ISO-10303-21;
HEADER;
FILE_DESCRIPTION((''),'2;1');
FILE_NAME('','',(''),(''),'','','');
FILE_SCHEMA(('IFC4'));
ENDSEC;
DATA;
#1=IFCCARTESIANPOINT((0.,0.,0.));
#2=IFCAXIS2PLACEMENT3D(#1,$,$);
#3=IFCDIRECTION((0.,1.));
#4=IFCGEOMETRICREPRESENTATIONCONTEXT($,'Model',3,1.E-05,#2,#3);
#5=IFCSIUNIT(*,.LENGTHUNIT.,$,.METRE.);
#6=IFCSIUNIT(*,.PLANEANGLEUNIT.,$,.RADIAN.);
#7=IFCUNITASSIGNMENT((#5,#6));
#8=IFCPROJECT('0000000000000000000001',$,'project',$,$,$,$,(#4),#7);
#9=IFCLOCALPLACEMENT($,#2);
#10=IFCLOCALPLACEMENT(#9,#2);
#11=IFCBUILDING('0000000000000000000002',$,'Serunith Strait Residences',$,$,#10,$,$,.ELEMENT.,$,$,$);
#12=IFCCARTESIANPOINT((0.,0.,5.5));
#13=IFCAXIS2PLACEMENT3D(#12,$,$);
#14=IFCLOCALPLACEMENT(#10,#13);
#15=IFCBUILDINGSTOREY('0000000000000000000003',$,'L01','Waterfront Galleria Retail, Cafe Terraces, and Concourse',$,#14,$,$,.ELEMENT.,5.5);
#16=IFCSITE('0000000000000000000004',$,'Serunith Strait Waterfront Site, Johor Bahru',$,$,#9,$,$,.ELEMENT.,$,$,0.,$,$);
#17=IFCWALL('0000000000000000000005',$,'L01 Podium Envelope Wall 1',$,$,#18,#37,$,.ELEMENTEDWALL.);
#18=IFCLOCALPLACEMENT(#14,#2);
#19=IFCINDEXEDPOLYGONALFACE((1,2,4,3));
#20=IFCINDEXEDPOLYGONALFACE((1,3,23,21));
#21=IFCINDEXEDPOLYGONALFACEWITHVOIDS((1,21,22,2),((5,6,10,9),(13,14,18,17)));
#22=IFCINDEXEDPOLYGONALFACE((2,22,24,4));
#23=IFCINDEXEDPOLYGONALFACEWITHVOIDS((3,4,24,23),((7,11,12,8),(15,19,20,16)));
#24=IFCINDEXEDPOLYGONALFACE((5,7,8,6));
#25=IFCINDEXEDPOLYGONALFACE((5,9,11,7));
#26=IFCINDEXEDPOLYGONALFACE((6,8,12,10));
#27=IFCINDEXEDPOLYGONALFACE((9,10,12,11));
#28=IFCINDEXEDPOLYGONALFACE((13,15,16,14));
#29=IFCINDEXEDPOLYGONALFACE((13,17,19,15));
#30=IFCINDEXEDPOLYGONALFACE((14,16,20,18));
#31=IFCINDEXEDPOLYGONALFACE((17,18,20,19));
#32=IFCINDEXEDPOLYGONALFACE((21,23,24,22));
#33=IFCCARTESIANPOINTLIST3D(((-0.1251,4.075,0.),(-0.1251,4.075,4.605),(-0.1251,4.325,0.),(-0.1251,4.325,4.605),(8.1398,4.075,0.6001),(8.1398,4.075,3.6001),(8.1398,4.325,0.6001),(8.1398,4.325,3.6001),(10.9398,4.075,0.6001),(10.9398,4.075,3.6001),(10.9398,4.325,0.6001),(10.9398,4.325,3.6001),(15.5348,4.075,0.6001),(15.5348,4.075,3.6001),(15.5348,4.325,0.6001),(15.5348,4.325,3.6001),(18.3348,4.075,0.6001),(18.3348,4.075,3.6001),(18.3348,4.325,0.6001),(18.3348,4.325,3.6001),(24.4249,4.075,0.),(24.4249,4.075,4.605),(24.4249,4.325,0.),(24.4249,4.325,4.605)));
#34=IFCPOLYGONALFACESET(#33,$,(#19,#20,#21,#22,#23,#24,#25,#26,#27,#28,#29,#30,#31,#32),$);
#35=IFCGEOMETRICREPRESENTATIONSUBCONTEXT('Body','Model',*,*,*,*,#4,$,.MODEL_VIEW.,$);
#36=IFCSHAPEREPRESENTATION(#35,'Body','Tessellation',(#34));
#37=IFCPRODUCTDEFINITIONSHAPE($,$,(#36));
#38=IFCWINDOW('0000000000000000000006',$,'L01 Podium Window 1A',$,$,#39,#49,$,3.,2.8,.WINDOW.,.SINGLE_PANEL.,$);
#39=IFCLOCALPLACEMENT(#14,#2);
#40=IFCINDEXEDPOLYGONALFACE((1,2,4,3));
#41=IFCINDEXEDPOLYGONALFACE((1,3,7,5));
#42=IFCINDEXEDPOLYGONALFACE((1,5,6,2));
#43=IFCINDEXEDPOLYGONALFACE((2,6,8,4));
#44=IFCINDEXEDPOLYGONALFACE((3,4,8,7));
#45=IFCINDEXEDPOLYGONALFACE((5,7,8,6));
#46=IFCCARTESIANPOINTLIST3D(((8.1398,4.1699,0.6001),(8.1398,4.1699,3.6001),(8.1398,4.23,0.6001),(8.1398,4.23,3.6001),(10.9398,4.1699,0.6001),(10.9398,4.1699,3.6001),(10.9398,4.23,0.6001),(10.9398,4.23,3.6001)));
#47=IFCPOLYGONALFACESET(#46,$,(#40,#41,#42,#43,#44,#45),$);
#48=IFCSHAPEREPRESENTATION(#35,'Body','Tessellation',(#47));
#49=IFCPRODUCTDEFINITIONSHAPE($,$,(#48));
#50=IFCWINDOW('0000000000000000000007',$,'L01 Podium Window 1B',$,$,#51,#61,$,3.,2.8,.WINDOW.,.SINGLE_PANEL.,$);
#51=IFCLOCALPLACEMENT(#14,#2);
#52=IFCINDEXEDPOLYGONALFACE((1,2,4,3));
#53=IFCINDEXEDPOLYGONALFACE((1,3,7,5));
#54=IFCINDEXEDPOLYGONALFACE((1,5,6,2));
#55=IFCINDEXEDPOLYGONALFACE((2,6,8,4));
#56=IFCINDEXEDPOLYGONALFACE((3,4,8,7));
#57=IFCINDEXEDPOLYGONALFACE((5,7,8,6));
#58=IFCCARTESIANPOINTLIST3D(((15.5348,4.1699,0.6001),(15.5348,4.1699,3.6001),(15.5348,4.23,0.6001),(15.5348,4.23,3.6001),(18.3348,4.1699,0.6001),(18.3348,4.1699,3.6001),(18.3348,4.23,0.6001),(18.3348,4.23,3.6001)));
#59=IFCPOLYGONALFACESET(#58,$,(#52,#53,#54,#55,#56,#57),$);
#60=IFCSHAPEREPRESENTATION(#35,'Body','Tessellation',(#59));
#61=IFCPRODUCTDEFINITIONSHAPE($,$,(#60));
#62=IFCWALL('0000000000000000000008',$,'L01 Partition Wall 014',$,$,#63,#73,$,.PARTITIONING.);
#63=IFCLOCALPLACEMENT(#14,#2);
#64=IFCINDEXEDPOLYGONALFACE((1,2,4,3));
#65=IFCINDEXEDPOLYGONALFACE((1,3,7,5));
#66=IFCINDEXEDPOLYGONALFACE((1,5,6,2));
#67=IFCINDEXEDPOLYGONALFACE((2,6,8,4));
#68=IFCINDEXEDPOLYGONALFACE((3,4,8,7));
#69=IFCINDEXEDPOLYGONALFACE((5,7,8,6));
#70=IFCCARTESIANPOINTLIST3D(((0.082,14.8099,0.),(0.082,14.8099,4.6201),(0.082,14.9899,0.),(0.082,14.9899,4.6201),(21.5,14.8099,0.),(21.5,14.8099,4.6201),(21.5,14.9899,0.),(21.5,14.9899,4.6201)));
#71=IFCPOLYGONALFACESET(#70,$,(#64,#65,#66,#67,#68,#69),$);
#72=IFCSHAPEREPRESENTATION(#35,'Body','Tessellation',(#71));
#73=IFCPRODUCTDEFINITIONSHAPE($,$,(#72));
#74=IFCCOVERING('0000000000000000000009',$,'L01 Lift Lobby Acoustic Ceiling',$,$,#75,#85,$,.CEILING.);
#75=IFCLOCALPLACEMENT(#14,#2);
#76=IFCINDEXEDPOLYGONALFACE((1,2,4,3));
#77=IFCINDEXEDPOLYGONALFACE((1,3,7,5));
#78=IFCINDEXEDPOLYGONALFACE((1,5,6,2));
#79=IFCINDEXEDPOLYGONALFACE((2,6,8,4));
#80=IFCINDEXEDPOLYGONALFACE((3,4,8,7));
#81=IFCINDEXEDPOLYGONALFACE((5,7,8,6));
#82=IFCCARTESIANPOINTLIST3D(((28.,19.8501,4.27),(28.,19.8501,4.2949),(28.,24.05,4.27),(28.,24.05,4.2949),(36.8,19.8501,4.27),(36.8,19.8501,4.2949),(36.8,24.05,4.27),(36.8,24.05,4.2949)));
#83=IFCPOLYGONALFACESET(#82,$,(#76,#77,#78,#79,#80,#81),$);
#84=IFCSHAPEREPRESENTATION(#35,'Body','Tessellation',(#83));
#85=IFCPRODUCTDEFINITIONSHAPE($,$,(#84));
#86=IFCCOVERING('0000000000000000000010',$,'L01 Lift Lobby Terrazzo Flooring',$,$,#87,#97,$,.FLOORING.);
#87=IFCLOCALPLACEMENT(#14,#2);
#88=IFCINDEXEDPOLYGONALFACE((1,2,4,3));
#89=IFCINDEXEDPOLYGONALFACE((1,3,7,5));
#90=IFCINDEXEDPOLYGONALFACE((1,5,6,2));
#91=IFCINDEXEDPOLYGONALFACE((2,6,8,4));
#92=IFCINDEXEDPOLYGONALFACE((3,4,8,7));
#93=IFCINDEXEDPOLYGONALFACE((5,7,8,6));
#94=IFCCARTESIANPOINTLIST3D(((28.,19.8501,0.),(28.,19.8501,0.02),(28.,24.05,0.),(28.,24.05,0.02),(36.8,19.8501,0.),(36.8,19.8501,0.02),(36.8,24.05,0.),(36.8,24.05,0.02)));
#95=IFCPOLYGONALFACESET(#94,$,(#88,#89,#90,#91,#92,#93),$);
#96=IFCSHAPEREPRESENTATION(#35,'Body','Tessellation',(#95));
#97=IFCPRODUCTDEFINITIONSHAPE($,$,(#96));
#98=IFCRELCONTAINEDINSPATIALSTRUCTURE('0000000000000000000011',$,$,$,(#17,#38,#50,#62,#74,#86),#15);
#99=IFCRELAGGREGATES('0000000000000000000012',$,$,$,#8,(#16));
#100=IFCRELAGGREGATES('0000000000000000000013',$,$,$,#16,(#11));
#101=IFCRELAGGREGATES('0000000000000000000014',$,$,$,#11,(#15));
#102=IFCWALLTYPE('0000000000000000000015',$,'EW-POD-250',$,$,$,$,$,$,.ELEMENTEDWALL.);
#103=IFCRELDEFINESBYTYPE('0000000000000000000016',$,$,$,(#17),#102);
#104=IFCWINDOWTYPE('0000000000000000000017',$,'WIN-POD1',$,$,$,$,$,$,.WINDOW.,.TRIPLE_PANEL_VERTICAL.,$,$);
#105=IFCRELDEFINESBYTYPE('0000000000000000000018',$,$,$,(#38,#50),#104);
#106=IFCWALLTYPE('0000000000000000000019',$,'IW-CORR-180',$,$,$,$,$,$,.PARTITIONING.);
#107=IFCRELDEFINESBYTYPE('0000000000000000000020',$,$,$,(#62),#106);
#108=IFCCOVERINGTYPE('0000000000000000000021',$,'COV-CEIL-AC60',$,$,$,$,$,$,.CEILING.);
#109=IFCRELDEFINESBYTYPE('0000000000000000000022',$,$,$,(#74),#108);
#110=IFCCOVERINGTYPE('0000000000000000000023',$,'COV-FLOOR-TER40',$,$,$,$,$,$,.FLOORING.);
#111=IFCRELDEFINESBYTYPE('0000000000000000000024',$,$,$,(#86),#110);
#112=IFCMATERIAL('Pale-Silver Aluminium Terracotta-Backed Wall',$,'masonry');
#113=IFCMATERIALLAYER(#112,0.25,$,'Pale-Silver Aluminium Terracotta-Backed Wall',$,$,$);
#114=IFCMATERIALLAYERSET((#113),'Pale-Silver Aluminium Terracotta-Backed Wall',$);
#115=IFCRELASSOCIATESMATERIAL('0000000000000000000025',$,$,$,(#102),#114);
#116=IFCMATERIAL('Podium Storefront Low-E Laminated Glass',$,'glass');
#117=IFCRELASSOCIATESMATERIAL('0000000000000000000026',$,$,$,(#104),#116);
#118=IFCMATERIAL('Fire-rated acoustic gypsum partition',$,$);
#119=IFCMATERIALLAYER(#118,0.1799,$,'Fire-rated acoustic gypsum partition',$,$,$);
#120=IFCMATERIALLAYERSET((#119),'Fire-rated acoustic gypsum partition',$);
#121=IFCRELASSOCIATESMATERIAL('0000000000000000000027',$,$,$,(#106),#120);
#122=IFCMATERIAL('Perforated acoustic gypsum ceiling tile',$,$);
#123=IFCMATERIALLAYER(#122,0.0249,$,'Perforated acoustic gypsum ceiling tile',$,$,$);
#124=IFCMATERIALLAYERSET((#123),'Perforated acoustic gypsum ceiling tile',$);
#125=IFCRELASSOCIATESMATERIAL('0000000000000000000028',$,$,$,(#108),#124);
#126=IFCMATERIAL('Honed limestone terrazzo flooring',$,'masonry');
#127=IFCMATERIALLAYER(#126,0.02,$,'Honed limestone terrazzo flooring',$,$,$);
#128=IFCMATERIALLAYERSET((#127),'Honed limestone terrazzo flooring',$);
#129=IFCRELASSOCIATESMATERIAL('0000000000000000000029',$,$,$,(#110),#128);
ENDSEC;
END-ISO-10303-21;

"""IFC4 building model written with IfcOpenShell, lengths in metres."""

from ifc_helpers import new_model, si_unit, direction, frame, frame_2d, origin, place, context, subcontext, project, spatial, polyline, rectangle, outline, extrude, source, transform, mapped, material, layer, layer_set, type_object, element, fill, save


model = new_model("IFC4")

# Units and contexts
model_context = context("Model", 3, precision=1e-05, world=origin(), true_north=direction((0.0, 1.0)))
body_context = subcontext(model_context, "Body", "Model", "MODEL_VIEW")
ifc_project = project(units=[si_unit("LENGTHUNIT", "METRE"), si_unit("PLANEANGLEUNIT", "RADIAN")], contexts=[model_context])

# Site, building, storey
site_placement = place(None, origin())
site = spatial("IfcSite", under=ifc_project, at=site_placement, Name="Serunith Strait Waterfront Site, Johor Bahru", CompositionType="ELEMENT", RefElevation=0.0)
building_placement = place(site_placement, origin())
building = spatial("IfcBuilding", under=site, at=building_placement, Name="Serunith Strait Residences", CompositionType="ELEMENT")
storey_placement = place(building_placement, frame((0.0, 0.0, 5.5)))
storey = spatial("IfcBuildingStorey", under=building, at=storey_placement, Name="L01", Description="Waterfront Galleria Retail, Cafe Terraces, and Concourse", CompositionType="ELEMENT", Elevation=5.5)

# Wall, openings, windows
ifc_material_1 = material(Name="Pale-Silver Aluminium Terracotta-Backed Wall", Category="masonry")
ifc_layer_1 = layer(ifc_material_1, 0.25, Name="Pale-Silver Aluminium Terracotta-Backed Wall")
ifc_layer_set_1 = layer_set([ifc_layer_1], Name="Pale-Silver Aluminium Terracotta-Backed Wall")
wall_type_1 = type_object("IfcWallType", Name="EW-POD-250", PredefinedType="ELEMENTEDWALL", material=ifc_layer_set_1)
wall_1_placement = place(storey_placement, frame((-0.125, 4.2, 0.0), z_axis=(0.0, 0.0, 1.0), x_axis=(1.0, 0.0, 0.0)))
wall_1 = element("IfcWall", 1, at=wall_1_placement, inside=storey, type_object=wall_type_1, Name="L01 Podium Envelope Wall 1", PredefinedType="ELEMENTEDWALL", context=body_context, shape_type="SweptSolid", body=[
    extrude(rectangle(XDim=24.55, YDim=0.25, at=frame_2d((12.2749, 0.0))), origin(), (0.0, 0.0, 1.0), 4.605),
])
opening_1_placement = place(wall_1_placement, frame((8.2649, 0.0, 0.6001)))
opening_1 = element("IfcOpeningElement", 2, at=opening_1_placement, cuts=wall_1, PredefinedType="OPENING", context=body_context, shape_type="SweptSolid", body=[
    extrude(rectangle(XDim=2.8, YDim=3.0, at=frame_2d((1.3999, 1.5))), frame((0.0, 0.135, 0.0), z_axis=(0.0, -1.0, 0.0), x_axis=(1.0, 0.0, 0.0)), (0.0, 0.0, 1.0), 0.27),
])
opening_2_placement = place(wall_1_placement, frame((15.6599, 0.0, 0.6001)))
opening_2 = element("IfcOpeningElement", 3, at=opening_2_placement, cuts=wall_1, PredefinedType="OPENING", context=body_context, shape_type="SweptSolid", body=[
    extrude(rectangle(XDim=2.8, YDim=3.0, at=frame_2d((1.3999, 1.5))), frame((0.0, 0.135, 0.0), z_axis=(0.0, -1.0, 0.0), x_axis=(1.0, 0.0, 0.0)), (0.0, 0.0, 1.0), 0.27),
])
ifc_material_2 = material(Name="Podium Storefront Low-E Laminated Glass", Category="glass")
window_type = type_object("IfcWindowType", Name="WIN-POD1", PartitioningType="TRIPLE_PANEL_VERTICAL", PredefinedType="WINDOW", material=ifc_material_2)
shared_shape_1 = source(origin(), body_context, "Body", "SweptSolid", [
    extrude(rectangle(XDim=2.8, YDim=3.0, at=frame_2d((1.3999, 1.5))), frame((0.0, 0.03, 0.0), z_axis=(0.0, -1.0, 0.0), x_axis=(1.0, 0.0, 0.0)), (0.0, 0.0, 1.0), 0.0601),
])
window_1_placement = place(opening_1_placement, origin())
window_1 = element("IfcWindow", 4, at=window_1_placement, inside=storey, type_object=window_type, Name="L01 Podium Window 1A", OverallHeight=3.0, OverallWidth=2.8, PartitioningType="SINGLE_PANEL", PredefinedType="WINDOW", context=body_context, shape_type="MappedRepresentation", body=[
    mapped(shared_shape_1, transform((0.0, 0.0, 0.0), scale=1.0)),
])
fill(opening_1, window_1)
window_2_placement = place(opening_2_placement, origin())
window_2 = element("IfcWindow", 5, at=window_2_placement, inside=storey, type_object=window_type, Name="L01 Podium Window 1B", OverallHeight=3.0, OverallWidth=2.8, PartitioningType="SINGLE_PANEL", PredefinedType="WINDOW", context=body_context, shape_type="MappedRepresentation", body=[
    mapped(shared_shape_1, transform((0.0, 0.0, 0.0), scale=1.0)),
])
fill(opening_2, window_2)

# Wall
ifc_material_3 = material(Name="Fire-rated acoustic gypsum partition")
ifc_layer_2 = layer(ifc_material_3, 0.1799, Name="Fire-rated acoustic gypsum partition")
ifc_layer_set_2 = layer_set([ifc_layer_2], Name="Fire-rated acoustic gypsum partition")
wall_type_2 = type_object("IfcWallType", Name="IW-CORR-180", PredefinedType="PARTITIONING", material=ifc_layer_set_2)
wall_2_placement = place(storey_placement, frame((0.082, 14.8999, 0.0), z_axis=(0.0, 0.0, 1.0), x_axis=(1.0, 0.0, 0.0)))
element("IfcWall", 6, at=wall_2_placement, inside=storey, type_object=wall_type_2, Name="L01 Partition Wall 014", PredefinedType="PARTITIONING", context=body_context, shape_type="SweptSolid", body=[
    extrude(rectangle(XDim=21.418, YDim=0.1799, at=frame_2d((10.709, 0.0))), origin(), (0.0, 0.0, 1.0), 4.6201),
])

# Coverings
ifc_material_4 = material(Name="Perforated acoustic gypsum ceiling tile")
ifc_layer_3 = layer(ifc_material_4, 0.0249, Name="Perforated acoustic gypsum ceiling tile")
ifc_layer_set_3 = layer_set([ifc_layer_3], Name="Perforated acoustic gypsum ceiling tile")
covering_type_1 = type_object("IfcCoveringType", Name="COV-CEIL-AC60", PredefinedType="CEILING", material=ifc_layer_set_3)
covering_1_placement = place(storey_placement, frame((0.0, 0.0, 4.27)))
element("IfcCovering", 7, at=covering_1_placement, inside=storey, type_object=covering_type_1, Name="L01 Lift Lobby Acoustic Ceiling", PredefinedType="CEILING", context=body_context, shape_type="SweptSolid", body=[
    extrude(outline(polyline([(28.0, 19.8501), (36.8, 19.8501), (36.8, 24.05), (28.0, 24.05), (28.0, 19.8501)])), origin(), (0.0, 0.0, 1.0), 0.0249),
])
ifc_material_5 = material(Name="Honed limestone terrazzo flooring", Category="masonry")
ifc_layer_4 = layer(ifc_material_5, 0.02, Name="Honed limestone terrazzo flooring")
ifc_layer_set_4 = layer_set([ifc_layer_4], Name="Honed limestone terrazzo flooring")
covering_type_2 = type_object("IfcCoveringType", Name="COV-FLOOR-TER40", PredefinedType="FLOORING", material=ifc_layer_set_4)
covering_2_placement = place(storey_placement, origin())
element("IfcCovering", 8, at=covering_2_placement, inside=storey, type_object=covering_type_2, Name="L01 Lift Lobby Terrazzo Flooring", PredefinedType="FLOORING", context=body_context, shape_type="SweptSolid", body=[
    extrude(outline(polyline([(28.0, 19.8501), (36.8, 19.8501), (36.8, 24.05), (28.0, 24.05), (28.0, 19.8501)])), origin(), (0.0, 0.0, 1.0), 0.02),
])

save(model, "model.ifc")
